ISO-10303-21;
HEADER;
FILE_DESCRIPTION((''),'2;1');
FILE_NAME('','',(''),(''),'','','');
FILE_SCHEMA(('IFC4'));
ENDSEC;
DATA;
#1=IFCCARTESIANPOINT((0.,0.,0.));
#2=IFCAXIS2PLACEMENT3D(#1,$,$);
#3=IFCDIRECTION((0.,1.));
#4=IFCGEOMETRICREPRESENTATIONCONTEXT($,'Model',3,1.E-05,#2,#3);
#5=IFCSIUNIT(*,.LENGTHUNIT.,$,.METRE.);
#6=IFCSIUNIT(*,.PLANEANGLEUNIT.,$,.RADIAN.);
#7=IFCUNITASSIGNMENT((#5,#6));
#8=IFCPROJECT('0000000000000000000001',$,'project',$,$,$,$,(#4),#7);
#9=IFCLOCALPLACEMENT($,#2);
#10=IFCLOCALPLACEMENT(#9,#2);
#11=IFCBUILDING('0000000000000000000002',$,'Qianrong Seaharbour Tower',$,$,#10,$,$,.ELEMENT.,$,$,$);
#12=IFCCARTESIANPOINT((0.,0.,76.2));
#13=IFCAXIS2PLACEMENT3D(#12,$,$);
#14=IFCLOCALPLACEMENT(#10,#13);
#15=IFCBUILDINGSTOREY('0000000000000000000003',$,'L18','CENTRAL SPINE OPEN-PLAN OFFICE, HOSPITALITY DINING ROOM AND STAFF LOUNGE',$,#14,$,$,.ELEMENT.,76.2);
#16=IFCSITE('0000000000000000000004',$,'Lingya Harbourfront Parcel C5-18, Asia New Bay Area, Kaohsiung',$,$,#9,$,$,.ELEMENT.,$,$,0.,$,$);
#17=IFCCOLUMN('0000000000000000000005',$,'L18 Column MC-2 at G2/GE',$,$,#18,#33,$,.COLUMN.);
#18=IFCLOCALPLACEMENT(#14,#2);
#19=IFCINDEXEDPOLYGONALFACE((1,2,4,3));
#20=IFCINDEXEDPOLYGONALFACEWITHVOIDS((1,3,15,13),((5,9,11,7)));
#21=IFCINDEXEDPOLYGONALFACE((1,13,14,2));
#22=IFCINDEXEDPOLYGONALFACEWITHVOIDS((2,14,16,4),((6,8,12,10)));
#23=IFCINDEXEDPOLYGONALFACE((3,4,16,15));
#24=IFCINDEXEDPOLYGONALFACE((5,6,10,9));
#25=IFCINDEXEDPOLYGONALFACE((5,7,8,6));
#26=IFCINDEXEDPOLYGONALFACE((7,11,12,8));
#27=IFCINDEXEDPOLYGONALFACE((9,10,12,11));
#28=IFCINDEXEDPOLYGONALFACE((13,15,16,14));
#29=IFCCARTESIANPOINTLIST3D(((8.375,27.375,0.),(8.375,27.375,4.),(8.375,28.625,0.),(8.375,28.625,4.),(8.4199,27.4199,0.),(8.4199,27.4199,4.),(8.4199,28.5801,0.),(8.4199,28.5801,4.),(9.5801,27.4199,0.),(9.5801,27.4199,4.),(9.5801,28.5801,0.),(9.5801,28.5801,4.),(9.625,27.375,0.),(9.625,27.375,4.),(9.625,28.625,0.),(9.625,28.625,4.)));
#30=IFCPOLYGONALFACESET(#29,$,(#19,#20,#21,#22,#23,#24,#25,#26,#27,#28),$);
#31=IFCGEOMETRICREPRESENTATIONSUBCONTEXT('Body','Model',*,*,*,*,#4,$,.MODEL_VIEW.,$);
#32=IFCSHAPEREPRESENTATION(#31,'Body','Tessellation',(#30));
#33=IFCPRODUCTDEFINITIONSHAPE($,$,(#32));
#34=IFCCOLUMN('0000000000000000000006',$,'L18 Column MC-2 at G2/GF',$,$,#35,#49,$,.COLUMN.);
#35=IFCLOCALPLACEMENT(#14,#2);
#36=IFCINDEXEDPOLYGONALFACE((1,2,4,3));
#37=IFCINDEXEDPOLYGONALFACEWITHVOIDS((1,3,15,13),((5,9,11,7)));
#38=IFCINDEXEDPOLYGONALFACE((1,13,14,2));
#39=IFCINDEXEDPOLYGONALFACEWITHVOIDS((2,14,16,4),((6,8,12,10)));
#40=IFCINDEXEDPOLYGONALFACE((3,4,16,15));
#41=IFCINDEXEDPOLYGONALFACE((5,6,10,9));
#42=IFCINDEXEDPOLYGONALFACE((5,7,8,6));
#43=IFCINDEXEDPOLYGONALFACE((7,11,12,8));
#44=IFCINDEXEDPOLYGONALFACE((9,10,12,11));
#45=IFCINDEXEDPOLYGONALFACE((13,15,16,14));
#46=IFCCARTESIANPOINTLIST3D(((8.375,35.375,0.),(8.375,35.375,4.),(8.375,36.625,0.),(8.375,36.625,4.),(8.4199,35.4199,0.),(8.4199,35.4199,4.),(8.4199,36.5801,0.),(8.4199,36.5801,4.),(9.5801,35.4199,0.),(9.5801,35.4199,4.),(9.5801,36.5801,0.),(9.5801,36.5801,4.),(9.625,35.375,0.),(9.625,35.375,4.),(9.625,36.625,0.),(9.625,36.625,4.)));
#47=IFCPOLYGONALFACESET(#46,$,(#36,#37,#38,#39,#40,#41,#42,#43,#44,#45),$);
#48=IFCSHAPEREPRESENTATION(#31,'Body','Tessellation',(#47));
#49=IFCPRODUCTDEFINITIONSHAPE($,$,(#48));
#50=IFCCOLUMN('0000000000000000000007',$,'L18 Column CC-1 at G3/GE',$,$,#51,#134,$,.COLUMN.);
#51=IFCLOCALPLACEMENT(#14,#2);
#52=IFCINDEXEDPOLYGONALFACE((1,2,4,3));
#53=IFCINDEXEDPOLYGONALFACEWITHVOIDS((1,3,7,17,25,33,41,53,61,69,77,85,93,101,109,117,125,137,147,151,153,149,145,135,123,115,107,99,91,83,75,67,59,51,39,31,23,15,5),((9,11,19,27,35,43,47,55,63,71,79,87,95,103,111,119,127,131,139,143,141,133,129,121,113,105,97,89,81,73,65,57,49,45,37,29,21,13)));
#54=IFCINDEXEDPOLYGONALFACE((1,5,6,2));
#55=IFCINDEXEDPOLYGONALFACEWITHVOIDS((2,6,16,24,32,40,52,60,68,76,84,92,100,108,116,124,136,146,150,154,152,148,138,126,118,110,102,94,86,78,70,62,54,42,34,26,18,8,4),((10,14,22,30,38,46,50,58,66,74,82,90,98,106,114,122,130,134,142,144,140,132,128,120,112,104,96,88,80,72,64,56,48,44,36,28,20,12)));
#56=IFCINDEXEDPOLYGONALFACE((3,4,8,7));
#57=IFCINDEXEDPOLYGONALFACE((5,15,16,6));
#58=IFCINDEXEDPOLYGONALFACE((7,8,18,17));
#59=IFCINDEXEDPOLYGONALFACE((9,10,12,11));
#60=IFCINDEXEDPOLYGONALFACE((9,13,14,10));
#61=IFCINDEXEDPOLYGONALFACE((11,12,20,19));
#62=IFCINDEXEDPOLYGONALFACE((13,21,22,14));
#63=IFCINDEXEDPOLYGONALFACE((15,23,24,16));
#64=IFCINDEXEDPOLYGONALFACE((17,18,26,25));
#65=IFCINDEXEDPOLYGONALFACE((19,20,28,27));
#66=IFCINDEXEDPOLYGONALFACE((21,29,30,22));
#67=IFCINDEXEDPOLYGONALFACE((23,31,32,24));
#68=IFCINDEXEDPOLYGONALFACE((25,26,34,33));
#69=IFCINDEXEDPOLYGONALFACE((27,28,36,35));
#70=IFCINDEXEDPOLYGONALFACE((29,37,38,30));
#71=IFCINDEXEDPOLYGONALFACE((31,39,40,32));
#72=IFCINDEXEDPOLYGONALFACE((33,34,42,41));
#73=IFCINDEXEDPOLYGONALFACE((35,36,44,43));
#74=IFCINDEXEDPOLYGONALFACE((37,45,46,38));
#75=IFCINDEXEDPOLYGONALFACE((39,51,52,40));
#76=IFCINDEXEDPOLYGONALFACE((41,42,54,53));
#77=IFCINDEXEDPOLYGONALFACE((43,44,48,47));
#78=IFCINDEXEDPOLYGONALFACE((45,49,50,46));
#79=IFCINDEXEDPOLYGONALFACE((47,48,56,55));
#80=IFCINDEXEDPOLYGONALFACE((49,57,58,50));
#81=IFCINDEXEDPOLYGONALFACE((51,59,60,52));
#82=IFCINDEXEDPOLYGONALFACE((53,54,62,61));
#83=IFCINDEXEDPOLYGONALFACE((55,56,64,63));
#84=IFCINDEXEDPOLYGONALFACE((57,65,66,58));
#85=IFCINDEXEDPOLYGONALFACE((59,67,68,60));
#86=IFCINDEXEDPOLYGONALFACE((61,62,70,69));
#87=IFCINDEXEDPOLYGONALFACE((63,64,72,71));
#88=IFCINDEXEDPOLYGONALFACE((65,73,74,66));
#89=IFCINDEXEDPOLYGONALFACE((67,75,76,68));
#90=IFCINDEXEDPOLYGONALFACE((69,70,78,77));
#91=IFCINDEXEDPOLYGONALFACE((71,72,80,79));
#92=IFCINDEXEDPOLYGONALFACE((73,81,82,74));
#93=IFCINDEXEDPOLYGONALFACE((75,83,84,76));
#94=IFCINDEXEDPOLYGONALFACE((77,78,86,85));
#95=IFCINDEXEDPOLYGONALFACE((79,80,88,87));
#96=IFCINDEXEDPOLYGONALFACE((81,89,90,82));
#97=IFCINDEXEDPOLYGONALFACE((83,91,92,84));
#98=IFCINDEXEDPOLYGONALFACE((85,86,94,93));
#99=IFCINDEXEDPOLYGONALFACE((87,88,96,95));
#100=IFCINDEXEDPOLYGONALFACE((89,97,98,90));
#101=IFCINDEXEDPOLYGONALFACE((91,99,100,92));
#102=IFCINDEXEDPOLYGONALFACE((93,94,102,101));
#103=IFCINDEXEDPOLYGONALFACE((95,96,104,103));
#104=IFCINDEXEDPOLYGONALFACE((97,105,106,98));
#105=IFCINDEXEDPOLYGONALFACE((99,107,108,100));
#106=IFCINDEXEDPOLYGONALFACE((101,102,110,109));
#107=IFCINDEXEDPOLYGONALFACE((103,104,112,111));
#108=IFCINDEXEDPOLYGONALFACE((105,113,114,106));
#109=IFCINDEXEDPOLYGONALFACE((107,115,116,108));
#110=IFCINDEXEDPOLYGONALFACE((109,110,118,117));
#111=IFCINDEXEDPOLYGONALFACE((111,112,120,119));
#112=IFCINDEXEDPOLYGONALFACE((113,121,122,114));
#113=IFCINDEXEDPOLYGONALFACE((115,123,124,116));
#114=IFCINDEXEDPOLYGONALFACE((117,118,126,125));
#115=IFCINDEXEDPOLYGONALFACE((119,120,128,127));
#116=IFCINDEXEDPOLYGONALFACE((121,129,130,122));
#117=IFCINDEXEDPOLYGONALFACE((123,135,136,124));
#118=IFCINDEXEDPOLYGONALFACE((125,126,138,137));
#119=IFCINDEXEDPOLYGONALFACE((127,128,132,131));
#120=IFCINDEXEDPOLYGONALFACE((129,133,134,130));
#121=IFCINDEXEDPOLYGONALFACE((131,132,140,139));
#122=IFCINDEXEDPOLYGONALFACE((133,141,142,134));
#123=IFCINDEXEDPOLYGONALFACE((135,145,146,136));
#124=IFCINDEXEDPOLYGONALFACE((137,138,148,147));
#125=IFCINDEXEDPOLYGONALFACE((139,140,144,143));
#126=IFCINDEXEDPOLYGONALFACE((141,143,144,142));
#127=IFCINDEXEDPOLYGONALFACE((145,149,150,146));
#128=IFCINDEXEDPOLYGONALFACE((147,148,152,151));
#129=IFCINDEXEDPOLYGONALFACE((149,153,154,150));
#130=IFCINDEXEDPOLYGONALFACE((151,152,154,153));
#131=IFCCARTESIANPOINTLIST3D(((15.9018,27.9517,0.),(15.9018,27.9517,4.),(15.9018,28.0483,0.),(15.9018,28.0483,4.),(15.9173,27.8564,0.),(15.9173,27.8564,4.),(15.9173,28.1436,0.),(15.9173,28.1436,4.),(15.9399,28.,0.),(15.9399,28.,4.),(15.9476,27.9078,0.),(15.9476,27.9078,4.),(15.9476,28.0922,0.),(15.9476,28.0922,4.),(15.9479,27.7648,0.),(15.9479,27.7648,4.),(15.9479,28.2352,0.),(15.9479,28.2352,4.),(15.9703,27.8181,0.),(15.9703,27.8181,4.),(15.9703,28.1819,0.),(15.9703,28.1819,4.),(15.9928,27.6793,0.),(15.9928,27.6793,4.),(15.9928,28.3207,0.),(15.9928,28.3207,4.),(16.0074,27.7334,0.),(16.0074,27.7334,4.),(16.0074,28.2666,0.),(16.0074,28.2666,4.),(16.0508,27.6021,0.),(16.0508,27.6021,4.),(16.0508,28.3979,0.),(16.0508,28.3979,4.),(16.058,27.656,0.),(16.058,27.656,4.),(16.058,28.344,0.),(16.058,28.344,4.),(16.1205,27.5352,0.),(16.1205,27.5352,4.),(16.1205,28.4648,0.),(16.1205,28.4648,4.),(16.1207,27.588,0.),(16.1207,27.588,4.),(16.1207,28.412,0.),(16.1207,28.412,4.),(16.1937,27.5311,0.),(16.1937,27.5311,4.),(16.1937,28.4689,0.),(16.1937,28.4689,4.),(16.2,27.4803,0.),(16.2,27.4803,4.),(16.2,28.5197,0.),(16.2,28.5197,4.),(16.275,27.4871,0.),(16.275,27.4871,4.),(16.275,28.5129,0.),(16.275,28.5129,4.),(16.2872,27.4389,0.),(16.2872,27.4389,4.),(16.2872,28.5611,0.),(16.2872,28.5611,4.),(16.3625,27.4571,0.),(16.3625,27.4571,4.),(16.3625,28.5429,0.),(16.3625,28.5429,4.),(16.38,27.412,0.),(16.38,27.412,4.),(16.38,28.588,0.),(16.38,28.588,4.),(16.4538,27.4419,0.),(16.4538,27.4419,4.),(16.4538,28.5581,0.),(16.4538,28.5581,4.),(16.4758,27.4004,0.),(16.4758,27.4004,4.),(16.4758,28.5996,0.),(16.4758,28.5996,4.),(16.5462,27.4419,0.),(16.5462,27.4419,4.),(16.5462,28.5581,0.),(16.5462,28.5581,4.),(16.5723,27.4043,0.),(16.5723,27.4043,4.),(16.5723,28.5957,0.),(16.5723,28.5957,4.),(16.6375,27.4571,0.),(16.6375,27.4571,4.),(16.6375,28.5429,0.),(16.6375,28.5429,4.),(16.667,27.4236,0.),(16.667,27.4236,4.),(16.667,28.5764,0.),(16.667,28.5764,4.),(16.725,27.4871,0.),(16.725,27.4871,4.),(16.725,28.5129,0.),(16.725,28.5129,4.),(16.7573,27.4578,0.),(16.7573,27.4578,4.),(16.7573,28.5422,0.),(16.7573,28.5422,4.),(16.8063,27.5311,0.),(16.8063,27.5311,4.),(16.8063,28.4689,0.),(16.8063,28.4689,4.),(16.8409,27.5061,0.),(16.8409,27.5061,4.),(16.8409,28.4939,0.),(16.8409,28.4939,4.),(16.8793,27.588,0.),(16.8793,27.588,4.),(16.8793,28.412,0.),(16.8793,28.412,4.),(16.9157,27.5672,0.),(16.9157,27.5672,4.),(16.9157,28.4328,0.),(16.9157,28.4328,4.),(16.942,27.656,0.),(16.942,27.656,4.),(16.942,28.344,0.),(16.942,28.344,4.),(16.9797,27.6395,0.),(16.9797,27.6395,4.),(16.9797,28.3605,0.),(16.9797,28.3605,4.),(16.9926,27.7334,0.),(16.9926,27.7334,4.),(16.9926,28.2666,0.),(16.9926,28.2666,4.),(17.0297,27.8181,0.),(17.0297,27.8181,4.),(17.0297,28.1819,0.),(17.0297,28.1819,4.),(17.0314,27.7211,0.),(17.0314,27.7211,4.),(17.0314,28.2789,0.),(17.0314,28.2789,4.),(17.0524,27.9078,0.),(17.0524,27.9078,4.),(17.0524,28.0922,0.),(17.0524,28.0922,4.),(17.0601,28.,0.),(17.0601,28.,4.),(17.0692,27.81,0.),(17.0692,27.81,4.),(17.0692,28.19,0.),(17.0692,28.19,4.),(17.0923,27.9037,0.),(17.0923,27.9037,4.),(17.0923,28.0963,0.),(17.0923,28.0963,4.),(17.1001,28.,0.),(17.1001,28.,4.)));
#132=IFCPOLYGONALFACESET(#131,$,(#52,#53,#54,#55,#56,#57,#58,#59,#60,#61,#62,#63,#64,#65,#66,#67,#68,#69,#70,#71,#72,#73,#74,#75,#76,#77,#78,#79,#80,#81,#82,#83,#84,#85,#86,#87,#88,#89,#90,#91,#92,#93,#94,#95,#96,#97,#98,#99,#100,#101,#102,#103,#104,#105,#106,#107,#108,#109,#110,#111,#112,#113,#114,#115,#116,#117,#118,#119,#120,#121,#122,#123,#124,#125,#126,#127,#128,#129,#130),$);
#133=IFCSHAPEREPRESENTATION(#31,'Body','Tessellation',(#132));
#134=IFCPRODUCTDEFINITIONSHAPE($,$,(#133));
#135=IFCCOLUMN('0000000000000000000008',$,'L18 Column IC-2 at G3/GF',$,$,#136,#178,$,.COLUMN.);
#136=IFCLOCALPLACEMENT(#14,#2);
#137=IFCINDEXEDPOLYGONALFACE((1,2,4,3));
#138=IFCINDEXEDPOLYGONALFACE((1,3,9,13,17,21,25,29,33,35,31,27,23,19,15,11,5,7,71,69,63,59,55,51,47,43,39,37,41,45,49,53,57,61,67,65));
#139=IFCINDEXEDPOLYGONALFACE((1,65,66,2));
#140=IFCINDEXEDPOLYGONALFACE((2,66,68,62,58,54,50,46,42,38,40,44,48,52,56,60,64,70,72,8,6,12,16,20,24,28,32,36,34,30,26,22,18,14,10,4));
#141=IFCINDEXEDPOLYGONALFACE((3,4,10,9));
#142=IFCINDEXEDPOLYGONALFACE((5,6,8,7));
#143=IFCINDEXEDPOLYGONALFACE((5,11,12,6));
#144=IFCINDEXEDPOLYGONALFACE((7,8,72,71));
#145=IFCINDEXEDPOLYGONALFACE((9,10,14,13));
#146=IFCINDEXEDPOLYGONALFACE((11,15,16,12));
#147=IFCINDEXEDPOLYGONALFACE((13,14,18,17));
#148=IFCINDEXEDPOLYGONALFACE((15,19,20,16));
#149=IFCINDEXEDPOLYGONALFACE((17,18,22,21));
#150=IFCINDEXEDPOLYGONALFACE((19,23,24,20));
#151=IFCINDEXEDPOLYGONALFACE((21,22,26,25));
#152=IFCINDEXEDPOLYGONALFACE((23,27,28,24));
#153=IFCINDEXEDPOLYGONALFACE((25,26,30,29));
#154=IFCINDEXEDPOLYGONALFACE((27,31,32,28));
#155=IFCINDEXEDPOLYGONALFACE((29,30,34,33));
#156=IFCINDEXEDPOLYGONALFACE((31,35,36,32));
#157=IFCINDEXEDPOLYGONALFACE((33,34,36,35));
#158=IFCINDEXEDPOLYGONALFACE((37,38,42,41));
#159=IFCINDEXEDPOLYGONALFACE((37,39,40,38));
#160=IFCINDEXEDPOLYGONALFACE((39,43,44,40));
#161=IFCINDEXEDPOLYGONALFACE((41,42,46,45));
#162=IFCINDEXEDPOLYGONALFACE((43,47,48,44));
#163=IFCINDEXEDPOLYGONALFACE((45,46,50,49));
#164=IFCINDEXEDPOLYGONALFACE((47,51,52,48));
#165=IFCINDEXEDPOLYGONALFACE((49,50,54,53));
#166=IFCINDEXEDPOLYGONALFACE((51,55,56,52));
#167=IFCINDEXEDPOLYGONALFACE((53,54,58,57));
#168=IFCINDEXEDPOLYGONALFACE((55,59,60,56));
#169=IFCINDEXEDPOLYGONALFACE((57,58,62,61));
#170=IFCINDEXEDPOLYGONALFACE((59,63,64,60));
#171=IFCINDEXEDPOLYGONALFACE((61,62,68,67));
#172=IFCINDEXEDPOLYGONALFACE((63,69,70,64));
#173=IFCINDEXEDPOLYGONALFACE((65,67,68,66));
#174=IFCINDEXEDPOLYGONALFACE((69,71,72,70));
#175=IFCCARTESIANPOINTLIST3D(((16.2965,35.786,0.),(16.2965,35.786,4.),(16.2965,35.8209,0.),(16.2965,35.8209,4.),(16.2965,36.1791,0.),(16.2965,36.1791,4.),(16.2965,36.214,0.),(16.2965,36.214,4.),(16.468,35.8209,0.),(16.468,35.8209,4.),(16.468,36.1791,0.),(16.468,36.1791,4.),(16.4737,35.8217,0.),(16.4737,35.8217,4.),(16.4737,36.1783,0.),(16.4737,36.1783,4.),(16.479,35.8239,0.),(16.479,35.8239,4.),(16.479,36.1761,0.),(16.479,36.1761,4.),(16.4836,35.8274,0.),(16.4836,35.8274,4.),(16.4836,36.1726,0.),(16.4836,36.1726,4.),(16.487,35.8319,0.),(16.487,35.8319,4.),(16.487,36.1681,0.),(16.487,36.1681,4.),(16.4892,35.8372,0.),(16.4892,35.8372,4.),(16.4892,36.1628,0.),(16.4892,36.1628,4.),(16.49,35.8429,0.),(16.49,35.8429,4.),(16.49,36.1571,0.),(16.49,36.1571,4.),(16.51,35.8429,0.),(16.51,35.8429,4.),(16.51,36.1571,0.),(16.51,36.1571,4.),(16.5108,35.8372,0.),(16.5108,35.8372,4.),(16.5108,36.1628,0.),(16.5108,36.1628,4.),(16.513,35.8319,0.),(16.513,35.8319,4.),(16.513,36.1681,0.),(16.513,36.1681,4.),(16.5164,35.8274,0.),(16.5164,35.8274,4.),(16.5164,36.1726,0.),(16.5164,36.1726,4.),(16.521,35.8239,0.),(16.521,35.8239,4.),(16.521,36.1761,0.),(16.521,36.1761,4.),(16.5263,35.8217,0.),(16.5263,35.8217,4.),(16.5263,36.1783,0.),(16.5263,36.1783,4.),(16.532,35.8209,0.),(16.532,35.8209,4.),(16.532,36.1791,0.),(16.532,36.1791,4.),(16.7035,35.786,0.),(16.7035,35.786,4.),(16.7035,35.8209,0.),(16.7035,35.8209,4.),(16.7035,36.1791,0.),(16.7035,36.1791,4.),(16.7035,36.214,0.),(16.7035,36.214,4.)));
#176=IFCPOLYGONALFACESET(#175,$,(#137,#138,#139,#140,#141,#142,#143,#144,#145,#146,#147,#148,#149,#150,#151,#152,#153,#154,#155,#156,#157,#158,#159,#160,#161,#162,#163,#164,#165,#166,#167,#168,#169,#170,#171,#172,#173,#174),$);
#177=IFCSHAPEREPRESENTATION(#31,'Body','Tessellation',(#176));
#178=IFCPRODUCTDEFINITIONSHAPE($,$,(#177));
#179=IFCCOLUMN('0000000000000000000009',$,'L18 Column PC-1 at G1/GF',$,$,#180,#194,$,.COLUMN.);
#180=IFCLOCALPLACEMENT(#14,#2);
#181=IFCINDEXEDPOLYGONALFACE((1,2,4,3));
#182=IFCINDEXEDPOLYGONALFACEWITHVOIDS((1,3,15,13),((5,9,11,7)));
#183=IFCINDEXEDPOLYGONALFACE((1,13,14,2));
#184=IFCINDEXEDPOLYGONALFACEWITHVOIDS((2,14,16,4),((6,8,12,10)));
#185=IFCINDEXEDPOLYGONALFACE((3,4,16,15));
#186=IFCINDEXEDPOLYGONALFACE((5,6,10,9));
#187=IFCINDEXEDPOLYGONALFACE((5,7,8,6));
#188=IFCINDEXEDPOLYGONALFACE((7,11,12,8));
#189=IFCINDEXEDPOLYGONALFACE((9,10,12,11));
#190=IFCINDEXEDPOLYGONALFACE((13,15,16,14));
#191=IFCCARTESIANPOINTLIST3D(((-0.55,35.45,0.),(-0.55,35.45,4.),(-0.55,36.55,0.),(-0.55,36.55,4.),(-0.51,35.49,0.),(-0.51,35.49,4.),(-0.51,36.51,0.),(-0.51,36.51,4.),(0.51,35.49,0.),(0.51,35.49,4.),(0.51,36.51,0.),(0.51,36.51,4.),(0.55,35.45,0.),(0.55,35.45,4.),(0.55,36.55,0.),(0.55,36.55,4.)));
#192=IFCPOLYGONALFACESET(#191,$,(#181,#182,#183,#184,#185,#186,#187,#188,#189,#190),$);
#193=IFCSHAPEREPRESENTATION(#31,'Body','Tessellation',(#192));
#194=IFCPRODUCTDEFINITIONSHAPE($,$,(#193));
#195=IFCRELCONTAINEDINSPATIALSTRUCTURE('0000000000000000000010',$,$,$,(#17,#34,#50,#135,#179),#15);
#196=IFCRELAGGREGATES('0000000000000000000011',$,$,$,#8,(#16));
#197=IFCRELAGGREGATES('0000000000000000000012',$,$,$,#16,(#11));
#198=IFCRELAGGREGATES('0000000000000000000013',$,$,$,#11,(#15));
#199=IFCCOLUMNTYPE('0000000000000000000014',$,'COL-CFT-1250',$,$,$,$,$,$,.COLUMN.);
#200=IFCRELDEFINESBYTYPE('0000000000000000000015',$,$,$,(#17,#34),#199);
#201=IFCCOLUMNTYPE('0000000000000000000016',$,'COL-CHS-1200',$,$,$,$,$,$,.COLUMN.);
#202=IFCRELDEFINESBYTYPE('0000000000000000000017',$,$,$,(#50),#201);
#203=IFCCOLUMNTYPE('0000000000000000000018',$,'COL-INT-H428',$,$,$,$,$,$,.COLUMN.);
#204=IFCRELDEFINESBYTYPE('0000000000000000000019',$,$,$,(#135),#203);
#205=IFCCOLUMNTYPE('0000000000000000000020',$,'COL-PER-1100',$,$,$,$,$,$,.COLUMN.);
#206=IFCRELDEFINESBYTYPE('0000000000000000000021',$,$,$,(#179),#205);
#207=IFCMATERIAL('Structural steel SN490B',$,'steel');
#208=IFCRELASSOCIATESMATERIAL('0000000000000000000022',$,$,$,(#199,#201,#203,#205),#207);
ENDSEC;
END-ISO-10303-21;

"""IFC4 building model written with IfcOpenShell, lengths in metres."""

from ifc_helpers import new_model, si_unit, direction, frame, origin, origin_2d, place, context, subcontext, project, spatial, hollow_rectangle, hollow_circle, i_section, extrude, material, material_profile, profile_set, type_object, element, save


model = new_model("IFC4")

# Units and contexts
model_context = context("Model", 3, precision=1e-05, world=origin(), true_north=direction((0.0, 1.0)))
body_context = subcontext(model_context, "Body", "Model", "MODEL_VIEW")
ifc_project = project(units=[si_unit("LENGTHUNIT", "METRE"), si_unit("PLANEANGLEUNIT", "RADIAN")], contexts=[model_context])

# Site, building, storey
site_placement = place(None, origin())
site = spatial("IfcSite", under=ifc_project, at=site_placement, Name="Lingya Harbourfront Parcel C5-18, Asia New Bay Area, Kaohsiung", CompositionType="ELEMENT", RefElevation=0.0)
building_placement = place(site_placement, origin())
building = spatial("IfcBuilding", under=site, at=building_placement, Name="Qianrong Seaharbour Tower", CompositionType="ELEMENT")
storey_placement = place(building_placement, frame((0.0, 0.0, 76.2)))
storey = spatial("IfcBuildingStorey", under=building, at=storey_placement, Name="L18", Description="CENTRAL SPINE OPEN-PLAN OFFICE, HOSPITALITY DINING ROOM AND STAFF LOUNGE", CompositionType="ELEMENT", Elevation=76.2)

# Columns
ifc_material_1 = material(Name="Structural steel SN490B", Category="steel")
ifc_material_profile_1 = material_profile(ifc_material_1, hollow_rectangle(XDim=1.25, YDim=1.25, WallThickness=0.0449, at=origin_2d()), Name="BOX1250x1250x45")
ifc_profile_set_1 = profile_set([ifc_material_profile_1], Name="Structural steel SN490B")
column_type_1 = type_object("IfcColumnType", Name="COL-CFT-1250", PredefinedType="COLUMN", material=ifc_profile_set_1)
for number, where, z_axis, x_axis, name in (
    (1, (9.0, 28.0, 0.0), (0.0, 0.0, 1.0), (1.0, 0.0, 0.0), "L18 Column MC-2 at G2/GE"),
    (2, (9.0, 36.0, 0.0), (0.0, 0.0, 1.0), (1.0, 0.0, 0.0), "L18 Column MC-2 at G2/GF"),
):
    element("IfcColumn", number, at=place(storey_placement, frame(where, z_axis=z_axis, x_axis=x_axis)), inside=storey, type_object=column_type_1, Name=name, PredefinedType="COLUMN", context=body_context, shape_type="SweptSolid", body=[
        extrude(hollow_rectangle(XDim=1.25, YDim=1.25, WallThickness=0.0449, at=origin_2d()), origin(), (0.0, 0.0, 1.0), 4.0),
    ])
ifc_material_profile_2 = material_profile(ifc_material_1, hollow_circle(Radius=0.6001, WallThickness=0.04, at=origin_2d()), Name="CHS1200x40")
ifc_profile_set_2 = profile_set([ifc_material_profile_2], Name="Structural steel SN490B")
column_type_2 = type_object("IfcColumnType", Name="COL-CHS-1200", PredefinedType="COLUMN", material=ifc_profile_set_2)
column_1_placement = place(storey_placement, frame((16.5, 28.0, 0.0), z_axis=(0.0, 0.0, 1.0), x_axis=(1.0, 0.0, 0.0)))
element("IfcColumn", 3, at=column_1_placement, inside=storey, type_object=column_type_2, Name="L18 Column CC-1 at G3/GE", PredefinedType="COLUMN", context=body_context, shape_type="SweptSolid", body=[
    extrude(hollow_circle(Radius=0.6001, WallThickness=0.04, at=origin_2d()), origin(), (0.0, 0.0, 1.0), 4.0),
])
ifc_material_profile_3 = material_profile(ifc_material_1, i_section(OverallWidth=0.407, OverallDepth=0.428, WebThickness=0.02, FlangeThickness=0.0349, FilletRadius=0.022, at=origin_2d()), Name="H428x407x20x35")
ifc_profile_set_3 = profile_set([ifc_material_profile_3], Name="Structural steel SN490B")
column_type_3 = type_object("IfcColumnType", Name="COL-INT-H428", PredefinedType="COLUMN", material=ifc_profile_set_3)
column_2_placement = place(storey_placement, frame((16.5, 36.0, 0.0), z_axis=(0.0, 0.0, 1.0), x_axis=(1.0, 0.0, 0.0)))
element("IfcColumn", 4, at=column_2_placement, inside=storey, type_object=column_type_3, Name="L18 Column IC-2 at G3/GF", PredefinedType="COLUMN", context=body_context, shape_type="SweptSolid", body=[
    extrude(i_section(OverallWidth=0.407, OverallDepth=0.428, WebThickness=0.02, FlangeThickness=0.0349, FilletRadius=0.022, at=origin_2d()), origin(), (0.0, 0.0, 1.0), 4.0),
])
ifc_material_profile_4 = material_profile(ifc_material_1, hollow_rectangle(XDim=1.1001, YDim=1.1001, WallThickness=0.04, at=origin_2d()), Name="BOX1100x1100x40")
ifc_profile_set_4 = profile_set([ifc_material_profile_4], Name="Structural steel SN490B")
column_type_4 = type_object("IfcColumnType", Name="COL-PER-1100", PredefinedType="COLUMN", material=ifc_profile_set_4)
column_3_placement = place(storey_placement, frame((0.0, 36.0, 0.0), z_axis=(0.0, 0.0, 1.0), x_axis=(1.0, 0.0, 0.0)))
element("IfcColumn", 5, at=column_3_placement, inside=storey, type_object=column_type_4, Name="L18 Column PC-1 at G1/GF", PredefinedType="COLUMN", context=body_context, shape_type="SweptSolid", body=[
    extrude(hollow_rectangle(XDim=1.1001, YDim=1.1001, WallThickness=0.04, at=origin_2d()), origin(), (0.0, 0.0, 1.0), 4.0),
])

save(model, "model.ifc")
